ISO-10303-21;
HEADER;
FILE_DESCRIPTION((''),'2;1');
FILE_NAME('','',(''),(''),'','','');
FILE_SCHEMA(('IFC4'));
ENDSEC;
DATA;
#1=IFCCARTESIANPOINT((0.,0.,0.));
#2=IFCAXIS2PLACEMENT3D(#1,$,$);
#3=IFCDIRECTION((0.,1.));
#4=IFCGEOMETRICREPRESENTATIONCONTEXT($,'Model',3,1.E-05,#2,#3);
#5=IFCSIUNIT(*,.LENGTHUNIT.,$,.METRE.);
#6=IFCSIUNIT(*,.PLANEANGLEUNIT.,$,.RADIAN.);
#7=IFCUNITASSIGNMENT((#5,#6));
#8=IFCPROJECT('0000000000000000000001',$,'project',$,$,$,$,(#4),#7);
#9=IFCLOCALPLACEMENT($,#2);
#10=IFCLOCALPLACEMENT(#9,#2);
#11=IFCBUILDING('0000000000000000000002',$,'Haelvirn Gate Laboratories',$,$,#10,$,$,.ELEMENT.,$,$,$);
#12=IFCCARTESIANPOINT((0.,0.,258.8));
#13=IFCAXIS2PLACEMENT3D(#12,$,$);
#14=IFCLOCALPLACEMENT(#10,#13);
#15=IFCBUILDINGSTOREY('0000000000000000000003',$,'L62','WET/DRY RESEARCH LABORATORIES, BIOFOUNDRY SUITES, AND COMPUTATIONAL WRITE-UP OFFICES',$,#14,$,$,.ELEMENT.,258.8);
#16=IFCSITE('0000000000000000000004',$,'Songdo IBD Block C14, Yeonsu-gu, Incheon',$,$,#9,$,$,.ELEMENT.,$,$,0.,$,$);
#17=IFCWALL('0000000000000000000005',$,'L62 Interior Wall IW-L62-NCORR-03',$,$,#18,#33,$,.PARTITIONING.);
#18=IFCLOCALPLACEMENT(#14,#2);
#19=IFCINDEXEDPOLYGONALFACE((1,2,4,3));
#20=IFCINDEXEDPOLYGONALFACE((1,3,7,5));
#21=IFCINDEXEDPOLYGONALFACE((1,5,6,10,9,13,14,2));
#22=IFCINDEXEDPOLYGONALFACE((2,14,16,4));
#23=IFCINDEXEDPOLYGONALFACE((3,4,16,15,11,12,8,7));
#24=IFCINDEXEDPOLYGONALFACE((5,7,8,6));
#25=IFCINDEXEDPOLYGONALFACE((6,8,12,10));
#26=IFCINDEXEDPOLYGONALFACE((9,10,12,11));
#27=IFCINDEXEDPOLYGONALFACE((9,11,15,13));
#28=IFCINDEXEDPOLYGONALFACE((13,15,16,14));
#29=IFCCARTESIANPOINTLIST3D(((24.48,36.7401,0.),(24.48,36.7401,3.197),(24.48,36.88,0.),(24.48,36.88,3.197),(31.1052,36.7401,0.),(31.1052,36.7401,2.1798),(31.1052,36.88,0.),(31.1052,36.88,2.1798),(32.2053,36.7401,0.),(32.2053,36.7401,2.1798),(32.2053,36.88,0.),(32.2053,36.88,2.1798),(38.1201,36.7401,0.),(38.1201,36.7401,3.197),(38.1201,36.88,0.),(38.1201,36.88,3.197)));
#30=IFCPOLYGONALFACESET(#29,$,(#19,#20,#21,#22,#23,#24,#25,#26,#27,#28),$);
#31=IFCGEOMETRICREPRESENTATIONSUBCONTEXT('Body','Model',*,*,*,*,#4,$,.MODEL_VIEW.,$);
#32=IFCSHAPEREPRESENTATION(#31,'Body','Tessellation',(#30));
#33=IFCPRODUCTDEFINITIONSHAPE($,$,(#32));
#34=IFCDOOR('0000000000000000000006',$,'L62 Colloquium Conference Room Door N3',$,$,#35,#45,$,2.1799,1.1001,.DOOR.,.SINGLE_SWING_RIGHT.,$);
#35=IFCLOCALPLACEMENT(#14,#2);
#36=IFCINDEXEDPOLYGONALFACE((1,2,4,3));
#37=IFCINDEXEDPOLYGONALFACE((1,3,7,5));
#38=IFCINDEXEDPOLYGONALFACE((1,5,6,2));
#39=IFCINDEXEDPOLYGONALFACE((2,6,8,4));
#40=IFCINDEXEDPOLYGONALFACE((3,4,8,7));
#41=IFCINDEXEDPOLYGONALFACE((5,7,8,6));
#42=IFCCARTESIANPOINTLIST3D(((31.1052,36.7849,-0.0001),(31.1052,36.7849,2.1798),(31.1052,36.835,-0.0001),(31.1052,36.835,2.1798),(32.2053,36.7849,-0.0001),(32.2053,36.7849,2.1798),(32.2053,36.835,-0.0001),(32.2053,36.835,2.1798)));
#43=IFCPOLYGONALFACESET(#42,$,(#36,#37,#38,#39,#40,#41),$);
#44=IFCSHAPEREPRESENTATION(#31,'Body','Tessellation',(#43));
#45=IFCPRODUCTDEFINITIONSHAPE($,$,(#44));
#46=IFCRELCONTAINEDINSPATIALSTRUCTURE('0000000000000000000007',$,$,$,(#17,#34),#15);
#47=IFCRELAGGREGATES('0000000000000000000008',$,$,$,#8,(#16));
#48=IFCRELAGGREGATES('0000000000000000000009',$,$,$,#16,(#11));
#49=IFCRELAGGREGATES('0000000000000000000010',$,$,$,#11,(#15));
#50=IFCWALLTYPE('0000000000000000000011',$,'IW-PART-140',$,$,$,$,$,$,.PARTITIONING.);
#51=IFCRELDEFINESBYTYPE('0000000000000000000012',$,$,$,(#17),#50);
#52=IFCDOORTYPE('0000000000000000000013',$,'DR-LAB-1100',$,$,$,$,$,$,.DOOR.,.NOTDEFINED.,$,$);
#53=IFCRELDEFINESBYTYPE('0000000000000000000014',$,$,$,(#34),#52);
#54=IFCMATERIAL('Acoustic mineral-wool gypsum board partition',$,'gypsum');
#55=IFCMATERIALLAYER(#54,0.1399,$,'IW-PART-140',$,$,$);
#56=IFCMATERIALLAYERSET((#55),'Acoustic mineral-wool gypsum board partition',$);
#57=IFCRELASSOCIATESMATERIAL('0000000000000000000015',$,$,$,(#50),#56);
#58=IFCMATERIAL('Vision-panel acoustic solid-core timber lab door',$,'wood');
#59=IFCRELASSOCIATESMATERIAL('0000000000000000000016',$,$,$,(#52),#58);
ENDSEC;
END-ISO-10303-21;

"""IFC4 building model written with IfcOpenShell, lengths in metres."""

from ifc_helpers import new_model, si_unit, direction, frame, frame_2d, origin, place, context, subcontext, project, spatial, rectangle, extrude, source, transform, mapped, material, layer, layer_set, type_object, type_shapes, element, fill, save


model = new_model("IFC4")

# Units and contexts
model_context = context("Model", 3, precision=1e-05, world=origin(), true_north=direction((0.0, 1.0)))
body_context = subcontext(model_context, "Body", "Model", "MODEL_VIEW")
ifc_project = project(units=[si_unit("LENGTHUNIT", "METRE"), si_unit("PLANEANGLEUNIT", "RADIAN")], contexts=[model_context])

# Site, building, storey
site_placement = place(None, origin())
site = spatial("IfcSite", under=ifc_project, at=site_placement, Name="Songdo IBD Block C14, Yeonsu-gu, Incheon", CompositionType="ELEMENT", RefElevation=0.0)
building_placement = place(site_placement, origin())
building = spatial("IfcBuilding", under=site, at=building_placement, Name="Haelvirn Gate Laboratories", CompositionType="ELEMENT")
storey_placement = place(building_placement, frame((0.0, 0.0, 258.8)))
storey = spatial("IfcBuildingStorey", under=building, at=storey_placement, Name="L62", Description="WET/DRY RESEARCH LABORATORIES, BIOFOUNDRY SUITES, AND COMPUTATIONAL WRITE-UP OFFICES", CompositionType="ELEMENT", Elevation=258.8)

# Wall, opening, door
ifc_material_1 = material(Name="Acoustic mineral-wool gypsum board partition", Category="gypsum")
ifc_layer_1 = layer(ifc_material_1, 0.1399, Name="IW-PART-140")
ifc_layer_set_1 = layer_set([ifc_layer_1], Name="Acoustic mineral-wool gypsum board partition")
wall_type_1 = type_object("IfcWallType", Name="IW-PART-140", PredefinedType="PARTITIONING", material=ifc_layer_set_1)
wall_1_placement = place(storey_placement, frame((24.48, 36.8101, 0.0), z_axis=(0.0, 0.0, 1.0), x_axis=(1.0, 0.0, 0.0)))
wall_1 = element("IfcWall", 1, at=wall_1_placement, inside=storey, type_object=wall_type_1, Name="L62 Interior Wall IW-L62-NCORR-03", PredefinedType="PARTITIONING", context=body_context, shape_type="SweptSolid", body=[
    extrude(rectangle(XDim=13.6401, YDim=0.1399, at=frame_2d((6.8201, 0.0))), origin(), (0.0, 0.0, 1.0), 3.197),
])
opening_placement = place(wall_1_placement, frame((6.6252, 0.0, 0.0)))
opening = element("IfcOpeningElement", 2, at=opening_placement, cuts=wall_1, PredefinedType="OPENING", context=body_context, shape_type="SweptSolid", body=[
    extrude(rectangle(XDim=1.1001, YDim=2.1799, at=frame_2d((0.55, 1.0898))), frame((0.0, 0.0801, 0.0), z_axis=(0.0, -1.0, 0.0), x_axis=(1.0, 0.0, 0.0)), (0.0, 0.0, 1.0), 0.1599),
])
ifc_material_2 = material(Name="Vision-panel acoustic solid-core timber lab door", Category="wood")
door_type = type_object("IfcDoorType", Name="DR-LAB-1100", OperationType="NOTDEFINED", PredefinedType="DOOR", material=ifc_material_2)
shared_shape_1 = source(origin(), body_context, "Body", "SweptSolid", [
    extrude(rectangle(XDim=1.1001, YDim=2.1799, at=frame_2d((0.55, 1.0898))), frame((0.0, 0.0249, 0.0), z_axis=(0.0, -1.0, 0.0), x_axis=(1.0, 0.0, 0.0)), (0.0, 0.0, 1.0), 0.05),
])
type_shapes(door_type, [shared_shape_1])
door_placement = place(opening_placement, origin())
door = element("IfcDoor", 3, at=door_placement, inside=storey, type_object=door_type, Name="L62 Colloquium Conference Room Door N3", OperationType="SINGLE_SWING_RIGHT", OverallHeight=2.1799, OverallWidth=1.1001, PredefinedType="DOOR", context=body_context, shape_type="MappedRepresentation", body=[
    mapped(shared_shape_1, transform((0.0, 0.0, 0.0), scale=1.0)),
])
fill(opening, door)

save(model, "model.ifc")
